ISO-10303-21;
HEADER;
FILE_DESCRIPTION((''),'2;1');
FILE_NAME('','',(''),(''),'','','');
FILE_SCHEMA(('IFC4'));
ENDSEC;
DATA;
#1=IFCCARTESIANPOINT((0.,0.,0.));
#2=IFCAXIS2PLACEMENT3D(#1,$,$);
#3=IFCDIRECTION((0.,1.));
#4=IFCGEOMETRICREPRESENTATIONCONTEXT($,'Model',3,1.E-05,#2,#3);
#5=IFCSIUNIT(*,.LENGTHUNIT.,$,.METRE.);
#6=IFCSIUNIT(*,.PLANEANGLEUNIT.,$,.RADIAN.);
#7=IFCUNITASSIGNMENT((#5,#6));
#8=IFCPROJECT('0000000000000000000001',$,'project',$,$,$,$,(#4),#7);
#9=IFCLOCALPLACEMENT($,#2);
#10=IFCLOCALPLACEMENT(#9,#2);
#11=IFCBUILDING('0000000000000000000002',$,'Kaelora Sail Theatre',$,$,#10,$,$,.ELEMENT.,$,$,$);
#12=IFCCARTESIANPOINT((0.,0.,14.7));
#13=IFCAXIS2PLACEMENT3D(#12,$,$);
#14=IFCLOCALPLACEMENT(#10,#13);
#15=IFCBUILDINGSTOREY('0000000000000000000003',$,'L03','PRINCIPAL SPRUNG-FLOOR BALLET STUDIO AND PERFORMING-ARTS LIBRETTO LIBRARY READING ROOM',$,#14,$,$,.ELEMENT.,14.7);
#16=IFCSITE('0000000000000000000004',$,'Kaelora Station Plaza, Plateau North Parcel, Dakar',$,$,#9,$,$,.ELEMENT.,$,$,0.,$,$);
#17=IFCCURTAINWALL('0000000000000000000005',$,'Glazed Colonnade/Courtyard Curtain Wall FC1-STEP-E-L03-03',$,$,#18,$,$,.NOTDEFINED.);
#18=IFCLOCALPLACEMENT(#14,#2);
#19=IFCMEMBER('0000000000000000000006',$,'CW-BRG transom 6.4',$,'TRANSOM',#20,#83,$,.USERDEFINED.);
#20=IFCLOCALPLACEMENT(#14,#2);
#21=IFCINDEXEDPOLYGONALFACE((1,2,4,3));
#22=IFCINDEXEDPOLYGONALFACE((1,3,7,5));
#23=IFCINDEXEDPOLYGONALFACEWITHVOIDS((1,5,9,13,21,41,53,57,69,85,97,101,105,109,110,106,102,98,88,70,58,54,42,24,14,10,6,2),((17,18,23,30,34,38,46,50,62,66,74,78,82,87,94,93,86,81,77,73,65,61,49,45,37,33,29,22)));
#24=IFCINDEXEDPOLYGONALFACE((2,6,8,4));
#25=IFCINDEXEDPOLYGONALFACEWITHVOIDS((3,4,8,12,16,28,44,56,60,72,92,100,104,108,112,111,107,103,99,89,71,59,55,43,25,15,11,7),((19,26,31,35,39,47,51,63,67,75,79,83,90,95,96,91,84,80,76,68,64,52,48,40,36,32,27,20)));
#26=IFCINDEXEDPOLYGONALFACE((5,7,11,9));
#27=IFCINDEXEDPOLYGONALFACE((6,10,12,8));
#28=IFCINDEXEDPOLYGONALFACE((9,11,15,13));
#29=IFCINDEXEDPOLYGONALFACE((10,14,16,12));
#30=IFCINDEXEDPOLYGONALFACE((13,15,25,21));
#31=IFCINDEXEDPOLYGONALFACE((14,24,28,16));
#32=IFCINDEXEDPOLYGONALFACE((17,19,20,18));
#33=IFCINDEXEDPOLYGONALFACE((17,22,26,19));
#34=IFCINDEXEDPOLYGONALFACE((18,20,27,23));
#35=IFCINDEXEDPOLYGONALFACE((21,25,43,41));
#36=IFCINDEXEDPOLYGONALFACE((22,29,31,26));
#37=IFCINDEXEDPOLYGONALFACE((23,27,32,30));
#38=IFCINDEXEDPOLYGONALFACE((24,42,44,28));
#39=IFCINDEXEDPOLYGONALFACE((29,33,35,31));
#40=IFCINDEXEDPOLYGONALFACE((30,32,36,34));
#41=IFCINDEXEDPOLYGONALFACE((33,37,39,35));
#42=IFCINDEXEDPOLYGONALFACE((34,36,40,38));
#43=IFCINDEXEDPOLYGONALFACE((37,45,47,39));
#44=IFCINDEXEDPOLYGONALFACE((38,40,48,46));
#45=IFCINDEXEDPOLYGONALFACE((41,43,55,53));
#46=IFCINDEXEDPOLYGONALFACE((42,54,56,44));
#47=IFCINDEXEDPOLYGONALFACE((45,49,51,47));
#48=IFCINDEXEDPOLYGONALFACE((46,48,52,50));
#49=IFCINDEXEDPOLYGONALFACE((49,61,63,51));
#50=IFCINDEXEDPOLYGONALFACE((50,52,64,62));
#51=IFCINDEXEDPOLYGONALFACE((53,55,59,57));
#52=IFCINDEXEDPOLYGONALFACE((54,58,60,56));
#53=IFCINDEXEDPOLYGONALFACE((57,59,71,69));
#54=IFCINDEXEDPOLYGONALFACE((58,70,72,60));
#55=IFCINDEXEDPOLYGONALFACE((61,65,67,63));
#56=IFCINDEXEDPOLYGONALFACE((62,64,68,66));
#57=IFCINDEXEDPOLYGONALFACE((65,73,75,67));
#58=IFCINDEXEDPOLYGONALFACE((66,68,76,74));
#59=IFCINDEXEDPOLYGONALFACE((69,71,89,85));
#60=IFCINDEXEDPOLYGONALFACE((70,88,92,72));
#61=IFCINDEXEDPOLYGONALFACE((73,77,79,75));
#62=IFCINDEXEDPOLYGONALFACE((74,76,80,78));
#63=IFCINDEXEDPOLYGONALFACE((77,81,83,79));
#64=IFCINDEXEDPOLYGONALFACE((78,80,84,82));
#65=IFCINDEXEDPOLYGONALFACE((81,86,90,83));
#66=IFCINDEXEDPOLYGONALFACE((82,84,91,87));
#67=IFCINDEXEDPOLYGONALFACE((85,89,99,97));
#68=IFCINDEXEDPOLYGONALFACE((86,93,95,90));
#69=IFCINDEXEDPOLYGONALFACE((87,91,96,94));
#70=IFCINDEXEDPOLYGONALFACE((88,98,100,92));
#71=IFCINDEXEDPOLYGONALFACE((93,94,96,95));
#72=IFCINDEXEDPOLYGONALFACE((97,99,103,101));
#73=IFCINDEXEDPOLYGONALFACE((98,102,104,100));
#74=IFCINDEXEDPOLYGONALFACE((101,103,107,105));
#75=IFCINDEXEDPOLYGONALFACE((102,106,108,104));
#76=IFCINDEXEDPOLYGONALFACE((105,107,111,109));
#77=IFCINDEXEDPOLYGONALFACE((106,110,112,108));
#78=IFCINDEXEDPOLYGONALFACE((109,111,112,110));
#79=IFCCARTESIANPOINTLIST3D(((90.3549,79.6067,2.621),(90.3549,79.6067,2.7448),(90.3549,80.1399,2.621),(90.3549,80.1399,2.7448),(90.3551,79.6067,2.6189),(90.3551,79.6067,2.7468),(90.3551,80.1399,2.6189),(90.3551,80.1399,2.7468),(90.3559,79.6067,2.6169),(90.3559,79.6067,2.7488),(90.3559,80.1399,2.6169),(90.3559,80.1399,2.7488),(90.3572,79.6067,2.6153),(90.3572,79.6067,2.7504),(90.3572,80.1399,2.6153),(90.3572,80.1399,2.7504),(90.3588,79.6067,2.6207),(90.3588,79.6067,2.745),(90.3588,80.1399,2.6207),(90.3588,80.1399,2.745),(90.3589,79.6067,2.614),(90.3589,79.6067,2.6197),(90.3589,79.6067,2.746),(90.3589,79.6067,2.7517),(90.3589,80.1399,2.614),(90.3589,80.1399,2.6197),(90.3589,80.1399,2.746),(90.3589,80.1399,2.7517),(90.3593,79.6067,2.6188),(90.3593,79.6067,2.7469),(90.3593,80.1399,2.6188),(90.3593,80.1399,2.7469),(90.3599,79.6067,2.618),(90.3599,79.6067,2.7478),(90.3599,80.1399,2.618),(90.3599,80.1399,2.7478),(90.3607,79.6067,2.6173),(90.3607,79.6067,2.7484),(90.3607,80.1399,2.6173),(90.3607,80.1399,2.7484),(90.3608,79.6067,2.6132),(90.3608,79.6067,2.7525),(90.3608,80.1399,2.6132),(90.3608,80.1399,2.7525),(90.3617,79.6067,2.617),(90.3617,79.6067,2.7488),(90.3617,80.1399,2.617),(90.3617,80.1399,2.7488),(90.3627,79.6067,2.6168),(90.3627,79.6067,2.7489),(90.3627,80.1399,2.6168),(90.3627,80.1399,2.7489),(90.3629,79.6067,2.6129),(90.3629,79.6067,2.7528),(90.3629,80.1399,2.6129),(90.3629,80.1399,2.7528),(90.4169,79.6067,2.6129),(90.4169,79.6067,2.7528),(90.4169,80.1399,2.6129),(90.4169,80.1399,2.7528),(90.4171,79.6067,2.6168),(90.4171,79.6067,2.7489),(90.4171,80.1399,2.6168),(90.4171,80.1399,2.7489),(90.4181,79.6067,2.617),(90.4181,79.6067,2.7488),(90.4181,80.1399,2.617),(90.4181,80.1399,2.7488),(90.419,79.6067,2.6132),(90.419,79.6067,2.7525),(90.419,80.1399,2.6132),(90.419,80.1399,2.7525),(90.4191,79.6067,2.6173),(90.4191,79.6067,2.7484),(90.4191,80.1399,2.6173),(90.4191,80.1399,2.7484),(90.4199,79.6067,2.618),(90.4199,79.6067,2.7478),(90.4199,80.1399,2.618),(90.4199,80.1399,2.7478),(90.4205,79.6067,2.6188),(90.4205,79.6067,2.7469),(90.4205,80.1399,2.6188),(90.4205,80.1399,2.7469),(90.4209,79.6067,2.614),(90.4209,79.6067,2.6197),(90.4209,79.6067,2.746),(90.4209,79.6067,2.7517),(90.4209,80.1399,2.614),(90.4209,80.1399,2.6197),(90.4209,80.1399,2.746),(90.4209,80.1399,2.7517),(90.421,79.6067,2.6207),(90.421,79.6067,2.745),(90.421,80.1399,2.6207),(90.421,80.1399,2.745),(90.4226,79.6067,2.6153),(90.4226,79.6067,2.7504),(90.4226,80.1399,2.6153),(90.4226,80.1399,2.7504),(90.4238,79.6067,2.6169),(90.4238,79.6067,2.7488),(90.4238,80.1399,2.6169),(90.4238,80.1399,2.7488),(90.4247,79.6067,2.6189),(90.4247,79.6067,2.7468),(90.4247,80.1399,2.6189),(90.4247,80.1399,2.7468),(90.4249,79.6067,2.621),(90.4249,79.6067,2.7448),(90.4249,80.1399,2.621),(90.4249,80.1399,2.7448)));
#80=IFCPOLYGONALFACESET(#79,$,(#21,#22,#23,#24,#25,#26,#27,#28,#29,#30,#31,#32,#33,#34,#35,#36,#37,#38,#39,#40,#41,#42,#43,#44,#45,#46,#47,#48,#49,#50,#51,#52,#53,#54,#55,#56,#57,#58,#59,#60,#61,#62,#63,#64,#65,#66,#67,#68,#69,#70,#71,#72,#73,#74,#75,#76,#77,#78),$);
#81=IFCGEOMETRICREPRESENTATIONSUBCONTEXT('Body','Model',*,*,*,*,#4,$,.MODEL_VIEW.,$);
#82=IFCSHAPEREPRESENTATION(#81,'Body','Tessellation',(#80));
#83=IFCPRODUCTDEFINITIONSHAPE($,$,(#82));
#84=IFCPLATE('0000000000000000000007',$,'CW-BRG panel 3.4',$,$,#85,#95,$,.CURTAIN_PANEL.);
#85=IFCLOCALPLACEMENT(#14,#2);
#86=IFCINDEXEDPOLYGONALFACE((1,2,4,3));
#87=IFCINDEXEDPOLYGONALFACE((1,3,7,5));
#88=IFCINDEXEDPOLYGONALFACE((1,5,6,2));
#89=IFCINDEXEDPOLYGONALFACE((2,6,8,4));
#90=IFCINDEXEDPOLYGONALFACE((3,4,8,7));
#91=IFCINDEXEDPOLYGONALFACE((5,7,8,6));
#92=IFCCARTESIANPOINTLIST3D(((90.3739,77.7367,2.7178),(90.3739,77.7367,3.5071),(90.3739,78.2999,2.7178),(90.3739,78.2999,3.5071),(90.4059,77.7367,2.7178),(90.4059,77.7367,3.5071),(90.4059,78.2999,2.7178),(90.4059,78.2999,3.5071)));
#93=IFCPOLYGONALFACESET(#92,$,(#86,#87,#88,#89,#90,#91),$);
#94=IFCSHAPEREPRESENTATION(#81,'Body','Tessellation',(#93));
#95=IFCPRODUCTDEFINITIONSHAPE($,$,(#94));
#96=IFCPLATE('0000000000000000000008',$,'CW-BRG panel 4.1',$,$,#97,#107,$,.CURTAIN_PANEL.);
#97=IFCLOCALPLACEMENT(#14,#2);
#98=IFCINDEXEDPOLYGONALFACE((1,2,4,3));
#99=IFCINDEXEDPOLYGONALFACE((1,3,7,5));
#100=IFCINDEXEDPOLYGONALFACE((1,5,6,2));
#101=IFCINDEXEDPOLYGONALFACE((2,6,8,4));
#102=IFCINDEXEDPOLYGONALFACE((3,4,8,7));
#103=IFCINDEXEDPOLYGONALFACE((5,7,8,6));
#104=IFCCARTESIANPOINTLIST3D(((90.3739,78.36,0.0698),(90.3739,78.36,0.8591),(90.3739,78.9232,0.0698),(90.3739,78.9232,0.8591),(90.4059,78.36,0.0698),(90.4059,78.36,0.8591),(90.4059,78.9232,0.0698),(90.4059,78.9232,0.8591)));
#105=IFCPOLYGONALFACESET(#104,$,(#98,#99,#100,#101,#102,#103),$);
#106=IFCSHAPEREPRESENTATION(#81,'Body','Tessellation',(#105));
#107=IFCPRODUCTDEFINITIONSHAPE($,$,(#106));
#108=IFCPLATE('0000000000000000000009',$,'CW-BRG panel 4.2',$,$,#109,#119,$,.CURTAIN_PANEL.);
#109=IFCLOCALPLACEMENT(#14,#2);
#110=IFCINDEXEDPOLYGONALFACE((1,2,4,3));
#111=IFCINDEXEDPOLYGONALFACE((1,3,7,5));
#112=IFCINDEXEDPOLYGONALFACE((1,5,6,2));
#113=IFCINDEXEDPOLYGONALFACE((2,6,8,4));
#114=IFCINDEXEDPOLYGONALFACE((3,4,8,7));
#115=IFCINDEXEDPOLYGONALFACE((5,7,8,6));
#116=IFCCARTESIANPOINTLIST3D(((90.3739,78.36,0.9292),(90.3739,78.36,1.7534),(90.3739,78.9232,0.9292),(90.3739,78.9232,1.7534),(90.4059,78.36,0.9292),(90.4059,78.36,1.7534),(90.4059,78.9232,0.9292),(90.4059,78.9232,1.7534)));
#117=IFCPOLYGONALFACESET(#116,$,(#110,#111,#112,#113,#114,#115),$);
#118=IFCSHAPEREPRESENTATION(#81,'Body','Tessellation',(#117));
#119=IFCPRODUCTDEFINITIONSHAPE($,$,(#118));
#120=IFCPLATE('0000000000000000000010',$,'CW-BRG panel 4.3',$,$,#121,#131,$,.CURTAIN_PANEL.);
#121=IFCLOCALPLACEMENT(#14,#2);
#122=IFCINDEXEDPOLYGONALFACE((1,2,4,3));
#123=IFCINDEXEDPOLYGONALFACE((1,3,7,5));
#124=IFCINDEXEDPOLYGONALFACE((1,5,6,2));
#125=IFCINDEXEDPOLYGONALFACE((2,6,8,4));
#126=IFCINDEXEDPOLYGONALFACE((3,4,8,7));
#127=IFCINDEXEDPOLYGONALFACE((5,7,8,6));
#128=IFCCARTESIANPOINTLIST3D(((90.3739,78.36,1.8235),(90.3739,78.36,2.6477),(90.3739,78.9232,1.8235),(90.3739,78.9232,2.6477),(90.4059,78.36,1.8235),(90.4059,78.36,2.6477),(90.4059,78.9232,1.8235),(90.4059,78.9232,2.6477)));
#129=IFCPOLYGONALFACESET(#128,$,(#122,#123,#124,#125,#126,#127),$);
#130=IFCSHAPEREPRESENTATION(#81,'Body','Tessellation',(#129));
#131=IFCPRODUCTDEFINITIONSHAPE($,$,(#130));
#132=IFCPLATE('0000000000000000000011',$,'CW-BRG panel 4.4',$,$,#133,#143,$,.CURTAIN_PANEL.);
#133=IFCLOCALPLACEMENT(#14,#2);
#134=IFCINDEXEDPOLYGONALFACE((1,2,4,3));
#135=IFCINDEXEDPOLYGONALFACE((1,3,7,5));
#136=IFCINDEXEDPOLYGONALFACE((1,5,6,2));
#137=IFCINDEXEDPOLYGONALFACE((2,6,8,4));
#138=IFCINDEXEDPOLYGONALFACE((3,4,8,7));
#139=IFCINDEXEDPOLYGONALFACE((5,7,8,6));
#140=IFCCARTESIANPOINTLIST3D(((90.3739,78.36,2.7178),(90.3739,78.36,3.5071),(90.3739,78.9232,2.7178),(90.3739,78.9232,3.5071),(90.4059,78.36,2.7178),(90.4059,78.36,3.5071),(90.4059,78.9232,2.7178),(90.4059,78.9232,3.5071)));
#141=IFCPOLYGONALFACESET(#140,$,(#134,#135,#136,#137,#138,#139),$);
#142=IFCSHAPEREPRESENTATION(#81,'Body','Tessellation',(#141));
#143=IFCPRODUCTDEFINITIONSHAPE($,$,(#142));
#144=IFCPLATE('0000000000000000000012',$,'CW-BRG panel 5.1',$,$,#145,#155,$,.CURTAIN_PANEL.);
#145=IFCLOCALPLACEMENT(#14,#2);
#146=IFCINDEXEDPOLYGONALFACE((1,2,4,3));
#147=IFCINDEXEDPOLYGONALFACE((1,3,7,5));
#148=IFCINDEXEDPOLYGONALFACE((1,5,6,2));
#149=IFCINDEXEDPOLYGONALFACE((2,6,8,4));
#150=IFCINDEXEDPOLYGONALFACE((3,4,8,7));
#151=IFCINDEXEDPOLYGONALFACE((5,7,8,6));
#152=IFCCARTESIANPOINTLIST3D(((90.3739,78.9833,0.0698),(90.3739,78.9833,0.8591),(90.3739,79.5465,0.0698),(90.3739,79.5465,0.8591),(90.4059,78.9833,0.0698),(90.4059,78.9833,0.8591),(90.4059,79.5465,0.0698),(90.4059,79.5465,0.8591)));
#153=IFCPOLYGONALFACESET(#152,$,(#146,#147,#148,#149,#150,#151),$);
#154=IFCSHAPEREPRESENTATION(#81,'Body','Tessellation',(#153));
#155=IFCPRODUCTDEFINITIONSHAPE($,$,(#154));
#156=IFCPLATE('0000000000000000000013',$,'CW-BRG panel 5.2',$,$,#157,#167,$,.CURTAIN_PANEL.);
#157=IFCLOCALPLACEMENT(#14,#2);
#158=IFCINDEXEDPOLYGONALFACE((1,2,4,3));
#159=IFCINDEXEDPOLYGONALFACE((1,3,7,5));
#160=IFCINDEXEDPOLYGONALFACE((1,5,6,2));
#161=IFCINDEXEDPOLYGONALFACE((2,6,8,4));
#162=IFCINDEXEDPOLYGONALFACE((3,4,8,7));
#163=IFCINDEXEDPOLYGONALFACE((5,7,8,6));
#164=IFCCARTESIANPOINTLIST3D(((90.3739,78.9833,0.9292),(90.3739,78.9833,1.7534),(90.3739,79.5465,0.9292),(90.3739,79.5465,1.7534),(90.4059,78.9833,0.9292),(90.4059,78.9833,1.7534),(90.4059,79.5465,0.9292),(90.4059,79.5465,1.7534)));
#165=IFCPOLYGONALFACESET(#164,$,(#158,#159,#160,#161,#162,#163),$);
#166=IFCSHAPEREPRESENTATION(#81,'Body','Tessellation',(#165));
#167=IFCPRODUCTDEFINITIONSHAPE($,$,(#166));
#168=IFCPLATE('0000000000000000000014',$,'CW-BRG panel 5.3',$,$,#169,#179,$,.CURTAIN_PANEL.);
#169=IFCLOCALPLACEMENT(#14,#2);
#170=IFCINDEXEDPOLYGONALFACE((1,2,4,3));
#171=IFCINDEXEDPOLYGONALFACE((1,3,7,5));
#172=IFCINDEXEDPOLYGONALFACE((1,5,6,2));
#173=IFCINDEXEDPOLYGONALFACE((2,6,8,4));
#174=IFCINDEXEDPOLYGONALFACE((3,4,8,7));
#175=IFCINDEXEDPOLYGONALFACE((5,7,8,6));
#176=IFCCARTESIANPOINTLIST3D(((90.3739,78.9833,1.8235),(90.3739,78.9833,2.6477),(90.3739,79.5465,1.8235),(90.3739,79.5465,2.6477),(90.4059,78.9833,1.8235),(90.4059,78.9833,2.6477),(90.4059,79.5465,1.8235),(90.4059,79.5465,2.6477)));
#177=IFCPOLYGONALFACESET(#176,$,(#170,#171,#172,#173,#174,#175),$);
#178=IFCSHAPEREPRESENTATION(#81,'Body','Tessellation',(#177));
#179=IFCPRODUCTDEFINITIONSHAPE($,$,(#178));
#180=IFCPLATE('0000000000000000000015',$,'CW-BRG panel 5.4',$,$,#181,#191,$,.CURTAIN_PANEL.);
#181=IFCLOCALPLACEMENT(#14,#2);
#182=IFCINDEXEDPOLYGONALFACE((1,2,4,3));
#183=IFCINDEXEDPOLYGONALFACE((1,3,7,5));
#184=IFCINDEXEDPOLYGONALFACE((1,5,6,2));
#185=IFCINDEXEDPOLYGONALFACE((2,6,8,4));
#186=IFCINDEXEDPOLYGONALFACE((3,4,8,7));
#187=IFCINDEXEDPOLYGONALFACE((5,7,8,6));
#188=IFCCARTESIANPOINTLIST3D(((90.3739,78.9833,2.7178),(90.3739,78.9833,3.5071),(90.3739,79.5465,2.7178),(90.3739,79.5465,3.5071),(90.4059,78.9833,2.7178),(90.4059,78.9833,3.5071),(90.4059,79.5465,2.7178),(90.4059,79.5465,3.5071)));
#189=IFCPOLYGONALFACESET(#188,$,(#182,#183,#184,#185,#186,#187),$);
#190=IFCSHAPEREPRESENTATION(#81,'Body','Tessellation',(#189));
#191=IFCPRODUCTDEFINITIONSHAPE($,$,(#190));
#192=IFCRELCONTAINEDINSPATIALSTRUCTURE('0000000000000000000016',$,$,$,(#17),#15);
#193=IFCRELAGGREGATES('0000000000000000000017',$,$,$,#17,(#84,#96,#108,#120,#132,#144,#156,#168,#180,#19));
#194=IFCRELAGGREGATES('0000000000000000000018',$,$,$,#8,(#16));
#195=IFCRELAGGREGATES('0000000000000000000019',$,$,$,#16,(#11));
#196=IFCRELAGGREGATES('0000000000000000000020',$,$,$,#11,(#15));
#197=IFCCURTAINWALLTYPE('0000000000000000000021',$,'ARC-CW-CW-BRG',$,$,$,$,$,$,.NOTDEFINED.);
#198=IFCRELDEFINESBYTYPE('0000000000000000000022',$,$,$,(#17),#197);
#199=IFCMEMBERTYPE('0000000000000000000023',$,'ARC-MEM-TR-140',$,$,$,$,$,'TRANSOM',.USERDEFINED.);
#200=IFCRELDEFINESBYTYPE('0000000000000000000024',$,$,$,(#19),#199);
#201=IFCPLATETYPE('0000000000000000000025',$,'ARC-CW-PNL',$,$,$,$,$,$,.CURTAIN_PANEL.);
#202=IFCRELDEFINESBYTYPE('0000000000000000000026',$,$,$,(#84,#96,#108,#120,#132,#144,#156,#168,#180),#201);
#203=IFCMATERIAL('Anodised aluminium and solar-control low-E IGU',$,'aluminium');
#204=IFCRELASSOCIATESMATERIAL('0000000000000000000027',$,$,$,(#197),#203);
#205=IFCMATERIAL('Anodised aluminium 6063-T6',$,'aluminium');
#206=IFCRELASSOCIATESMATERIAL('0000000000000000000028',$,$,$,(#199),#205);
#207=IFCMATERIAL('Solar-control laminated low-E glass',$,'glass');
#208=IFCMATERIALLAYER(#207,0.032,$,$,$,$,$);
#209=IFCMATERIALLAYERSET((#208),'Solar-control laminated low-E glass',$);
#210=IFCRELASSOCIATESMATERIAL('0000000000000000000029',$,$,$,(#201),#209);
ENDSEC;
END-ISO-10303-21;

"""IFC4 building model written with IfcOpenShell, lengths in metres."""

from ifc_helpers import new_model, si_unit, direction, frame, origin, origin_2d, place, context, subcontext, project, spatial, rectangle, hollow_rectangle, extrude, material, layer, layer_set, material_profile, profile_set, type_object, element, aggregate, save


model = new_model("IFC4")

# Units and contexts
model_context = context("Model", 3, precision=1e-05, world=origin(), true_north=direction((0.0, 1.0)))
body_context = subcontext(model_context, "Body", "Model", "MODEL_VIEW")
ifc_project = project(units=[si_unit("LENGTHUNIT", "METRE"), si_unit("PLANEANGLEUNIT", "RADIAN")], contexts=[model_context])

# Site, building, storey
site_placement = place(None, origin())
site = spatial("IfcSite", under=ifc_project, at=site_placement, Name="Kaelora Station Plaza, Plateau North Parcel, Dakar", CompositionType="ELEMENT", RefElevation=0.0)
building_placement = place(site_placement, origin())
building = spatial("IfcBuilding", under=site, at=building_placement, Name="Kaelora Sail Theatre", CompositionType="ELEMENT")
storey_placement = place(building_placement, frame((0.0, 0.0, 14.7)))
storey = spatial("IfcBuildingStorey", under=building, at=storey_placement, Name="L03", Description="PRINCIPAL SPRUNG-FLOOR BALLET STUDIO AND PERFORMING-ARTS LIBRETTO LIBRARY READING ROOM", CompositionType="ELEMENT", Elevation=14.7)

# Curtain wall, member, plates
ifc_material_1 = material(Name="Anodised aluminium and solar-control low-E IGU", Category="aluminium")
curtain_wall_type = type_object("IfcCurtainWallType", Name="ARC-CW-CW-BRG", PredefinedType="NOTDEFINED", material=ifc_material_1)
curtain_wall_placement = place(storey_placement, origin())
curtain_wall = element("IfcCurtainWall", 1, at=curtain_wall_placement, inside=storey, type_object=curtain_wall_type, Name="Glazed Colonnade/Courtyard Curtain Wall FC1-STEP-E-L03-03", PredefinedType="NOTDEFINED")
ifc_material_2 = material(Name="Anodised aluminium 6063-T6", Category="aluminium")
ifc_material_profile_1 = material_profile(ifc_material_2, hollow_rectangle(XDim=0.0701, YDim=0.1399, WallThickness=0.0039, InnerFilletRadius=0.0039, OuterFilletRadius=0.0081, at=origin_2d()), Name="ALU-TRAN 70x140x4")
ifc_profile_set_1 = profile_set([ifc_material_profile_1], Name="Anodised aluminium 6063-T6")
member_type_1 = type_object("IfcMemberType", Name="ARC-MEM-TR-140", ElementType="TRANSOM", PredefinedType="USERDEFINED", material=ifc_profile_set_1)
member_1_placement = place(storey_placement, frame((90.3899, 79.6067, 2.6829), z_axis=(0.0, 1.0, 0.0), x_axis=(-1.0, 0.0, 0.0)))
member_1 = element("IfcMember", 2, at=member_1_placement, type_object=member_type_1, Name="CW-BRG transom 6.4", ObjectType="TRANSOM", PredefinedType="USERDEFINED", context=body_context, shape_type="SweptSolid", body=[
    extrude(hollow_rectangle(XDim=0.0701, YDim=0.1399, WallThickness=0.0039, InnerFilletRadius=0.0039, OuterFilletRadius=0.0081, at=origin_2d()), origin(), (0.0, 0.0, 1.0), 0.5332),
])
ifc_material_3 = material(Name="Solar-control laminated low-E glass", Category="glass")
ifc_layer = layer(ifc_material_3, 0.032)
ifc_layer_set = layer_set([ifc_layer], Name="Solar-control laminated low-E glass")
plate_type = type_object("IfcPlateType", Name="ARC-CW-PNL", PredefinedType="CURTAIN_PANEL", material=ifc_layer_set)
plate_1_placement = place(storey_placement, frame((90.3899, 78.0183, 2.7178), z_axis=(0.0, 0.0, 1.0), x_axis=(0.0, 1.0, 0.0)))
plate_1 = element("IfcPlate", 3, at=plate_1_placement, type_object=plate_type, Name="CW-BRG panel 3.4", PredefinedType="CURTAIN_PANEL", context=body_context, shape_type="SweptSolid", body=[
    extrude(rectangle(XDim=0.5632, YDim=0.032, at=origin_2d()), origin(), (0.0, 0.0, 1.0), 0.7893),
])
plate_2_placement = place(storey_placement, frame((90.3899, 78.6416, 0.0698), z_axis=(0.0, 0.0, 1.0), x_axis=(0.0, 1.0, 0.0)))
plate_2 = element("IfcPlate", 4, at=plate_2_placement, type_object=plate_type, Name="CW-BRG panel 4.1", PredefinedType="CURTAIN_PANEL", context=body_context, shape_type="SweptSolid", body=[
    extrude(rectangle(XDim=0.5632, YDim=0.032, at=origin_2d()), origin(), (0.0, 0.0, 1.0), 0.7893),
])
plate_3_placement = place(storey_placement, frame((90.3899, 78.6416, 0.9292), z_axis=(0.0, 0.0, 1.0), x_axis=(0.0, 1.0, 0.0)))
plate_3 = element("IfcPlate", 5, at=plate_3_placement, type_object=plate_type, Name="CW-BRG panel 4.2", PredefinedType="CURTAIN_PANEL", context=body_context, shape_type="SweptSolid", body=[
    extrude(rectangle(XDim=0.5632, YDim=0.032, at=origin_2d()), origin(), (0.0, 0.0, 1.0), 0.8242),
])
plate_4_placement = place(storey_placement, frame((90.3899, 78.6416, 1.8235), z_axis=(0.0, 0.0, 1.0), x_axis=(0.0, 1.0, 0.0)))
plate_4 = element("IfcPlate", 6, at=plate_4_placement, type_object=plate_type, Name="CW-BRG panel 4.3", PredefinedType="CURTAIN_PANEL", context=body_context, shape_type="SweptSolid", body=[
    extrude(rectangle(XDim=0.5632, YDim=0.032, at=origin_2d()), origin(), (0.0, 0.0, 1.0), 0.8242),
])
plate_5_placement = place(storey_placement, frame((90.3899, 78.6416, 2.7178), z_axis=(0.0, 0.0, 1.0), x_axis=(0.0, 1.0, 0.0)))
plate_5 = element("IfcPlate", 7, at=plate_5_placement, type_object=plate_type, Name="CW-BRG panel 4.4", PredefinedType="CURTAIN_PANEL", context=body_context, shape_type="SweptSolid", body=[
    extrude(rectangle(XDim=0.5632, YDim=0.032, at=origin_2d()), origin(), (0.0, 0.0, 1.0), 0.7893),
])
plate_6_placement = place(storey_placement, frame((90.3899, 79.2649, 0.0698), z_axis=(0.0, 0.0, 1.0), x_axis=(0.0, 1.0, 0.0)))
plate_6 = element("IfcPlate", 8, at=plate_6_placement, type_object=plate_type, Name="CW-BRG panel 5.1", PredefinedType="CURTAIN_PANEL", context=body_context, shape_type="SweptSolid", body=[
    extrude(rectangle(XDim=0.5632, YDim=0.032, at=origin_2d()), origin(), (0.0, 0.0, 1.0), 0.7893),
])
plate_7_placement = place(storey_placement, frame((90.3899, 79.2649, 0.9292), z_axis=(0.0, 0.0, 1.0), x_axis=(0.0, 1.0, 0.0)))
plate_7 = element("IfcPlate", 9, at=plate_7_placement, type_object=plate_type, Name="CW-BRG panel 5.2", PredefinedType="CURTAIN_PANEL", context=body_context, shape_type="SweptSolid", body=[
    extrude(rectangle(XDim=0.5632, YDim=0.032, at=origin_2d()), origin(), (0.0, 0.0, 1.0), 0.8242),
])
plate_8_placement = place(storey_placement, frame((90.3899, 79.2649, 1.8235), z_axis=(0.0, 0.0, 1.0), x_axis=(0.0, 1.0, 0.0)))
plate_8 = element("IfcPlate", 10, at=plate_8_placement, type_object=plate_type, Name="CW-BRG panel 5.3", PredefinedType="CURTAIN_PANEL", context=body_context, shape_type="SweptSolid", body=[
    extrude(rectangle(XDim=0.5632, YDim=0.032, at=origin_2d()), origin(), (0.0, 0.0, 1.0), 0.8242),
])
plate_9_placement = place(storey_placement, frame((90.3899, 79.2649, 2.7178), z_axis=(0.0, 0.0, 1.0), x_axis=(0.0, 1.0, 0.0)))
plate_9 = element("IfcPlate", 11, at=plate_9_placement, type_object=plate_type, Name="CW-BRG panel 5.4", PredefinedType="CURTAIN_PANEL", context=body_context, shape_type="SweptSolid", body=[
    extrude(rectangle(XDim=0.5632, YDim=0.032, at=origin_2d()), origin(), (0.0, 0.0, 1.0), 0.7893),
])
aggregate(curtain_wall, [plate_1, plate_2, plate_3, plate_4, plate_5, plate_6, plate_7, plate_8, plate_9, member_1])

save(model, "model.ifc")
